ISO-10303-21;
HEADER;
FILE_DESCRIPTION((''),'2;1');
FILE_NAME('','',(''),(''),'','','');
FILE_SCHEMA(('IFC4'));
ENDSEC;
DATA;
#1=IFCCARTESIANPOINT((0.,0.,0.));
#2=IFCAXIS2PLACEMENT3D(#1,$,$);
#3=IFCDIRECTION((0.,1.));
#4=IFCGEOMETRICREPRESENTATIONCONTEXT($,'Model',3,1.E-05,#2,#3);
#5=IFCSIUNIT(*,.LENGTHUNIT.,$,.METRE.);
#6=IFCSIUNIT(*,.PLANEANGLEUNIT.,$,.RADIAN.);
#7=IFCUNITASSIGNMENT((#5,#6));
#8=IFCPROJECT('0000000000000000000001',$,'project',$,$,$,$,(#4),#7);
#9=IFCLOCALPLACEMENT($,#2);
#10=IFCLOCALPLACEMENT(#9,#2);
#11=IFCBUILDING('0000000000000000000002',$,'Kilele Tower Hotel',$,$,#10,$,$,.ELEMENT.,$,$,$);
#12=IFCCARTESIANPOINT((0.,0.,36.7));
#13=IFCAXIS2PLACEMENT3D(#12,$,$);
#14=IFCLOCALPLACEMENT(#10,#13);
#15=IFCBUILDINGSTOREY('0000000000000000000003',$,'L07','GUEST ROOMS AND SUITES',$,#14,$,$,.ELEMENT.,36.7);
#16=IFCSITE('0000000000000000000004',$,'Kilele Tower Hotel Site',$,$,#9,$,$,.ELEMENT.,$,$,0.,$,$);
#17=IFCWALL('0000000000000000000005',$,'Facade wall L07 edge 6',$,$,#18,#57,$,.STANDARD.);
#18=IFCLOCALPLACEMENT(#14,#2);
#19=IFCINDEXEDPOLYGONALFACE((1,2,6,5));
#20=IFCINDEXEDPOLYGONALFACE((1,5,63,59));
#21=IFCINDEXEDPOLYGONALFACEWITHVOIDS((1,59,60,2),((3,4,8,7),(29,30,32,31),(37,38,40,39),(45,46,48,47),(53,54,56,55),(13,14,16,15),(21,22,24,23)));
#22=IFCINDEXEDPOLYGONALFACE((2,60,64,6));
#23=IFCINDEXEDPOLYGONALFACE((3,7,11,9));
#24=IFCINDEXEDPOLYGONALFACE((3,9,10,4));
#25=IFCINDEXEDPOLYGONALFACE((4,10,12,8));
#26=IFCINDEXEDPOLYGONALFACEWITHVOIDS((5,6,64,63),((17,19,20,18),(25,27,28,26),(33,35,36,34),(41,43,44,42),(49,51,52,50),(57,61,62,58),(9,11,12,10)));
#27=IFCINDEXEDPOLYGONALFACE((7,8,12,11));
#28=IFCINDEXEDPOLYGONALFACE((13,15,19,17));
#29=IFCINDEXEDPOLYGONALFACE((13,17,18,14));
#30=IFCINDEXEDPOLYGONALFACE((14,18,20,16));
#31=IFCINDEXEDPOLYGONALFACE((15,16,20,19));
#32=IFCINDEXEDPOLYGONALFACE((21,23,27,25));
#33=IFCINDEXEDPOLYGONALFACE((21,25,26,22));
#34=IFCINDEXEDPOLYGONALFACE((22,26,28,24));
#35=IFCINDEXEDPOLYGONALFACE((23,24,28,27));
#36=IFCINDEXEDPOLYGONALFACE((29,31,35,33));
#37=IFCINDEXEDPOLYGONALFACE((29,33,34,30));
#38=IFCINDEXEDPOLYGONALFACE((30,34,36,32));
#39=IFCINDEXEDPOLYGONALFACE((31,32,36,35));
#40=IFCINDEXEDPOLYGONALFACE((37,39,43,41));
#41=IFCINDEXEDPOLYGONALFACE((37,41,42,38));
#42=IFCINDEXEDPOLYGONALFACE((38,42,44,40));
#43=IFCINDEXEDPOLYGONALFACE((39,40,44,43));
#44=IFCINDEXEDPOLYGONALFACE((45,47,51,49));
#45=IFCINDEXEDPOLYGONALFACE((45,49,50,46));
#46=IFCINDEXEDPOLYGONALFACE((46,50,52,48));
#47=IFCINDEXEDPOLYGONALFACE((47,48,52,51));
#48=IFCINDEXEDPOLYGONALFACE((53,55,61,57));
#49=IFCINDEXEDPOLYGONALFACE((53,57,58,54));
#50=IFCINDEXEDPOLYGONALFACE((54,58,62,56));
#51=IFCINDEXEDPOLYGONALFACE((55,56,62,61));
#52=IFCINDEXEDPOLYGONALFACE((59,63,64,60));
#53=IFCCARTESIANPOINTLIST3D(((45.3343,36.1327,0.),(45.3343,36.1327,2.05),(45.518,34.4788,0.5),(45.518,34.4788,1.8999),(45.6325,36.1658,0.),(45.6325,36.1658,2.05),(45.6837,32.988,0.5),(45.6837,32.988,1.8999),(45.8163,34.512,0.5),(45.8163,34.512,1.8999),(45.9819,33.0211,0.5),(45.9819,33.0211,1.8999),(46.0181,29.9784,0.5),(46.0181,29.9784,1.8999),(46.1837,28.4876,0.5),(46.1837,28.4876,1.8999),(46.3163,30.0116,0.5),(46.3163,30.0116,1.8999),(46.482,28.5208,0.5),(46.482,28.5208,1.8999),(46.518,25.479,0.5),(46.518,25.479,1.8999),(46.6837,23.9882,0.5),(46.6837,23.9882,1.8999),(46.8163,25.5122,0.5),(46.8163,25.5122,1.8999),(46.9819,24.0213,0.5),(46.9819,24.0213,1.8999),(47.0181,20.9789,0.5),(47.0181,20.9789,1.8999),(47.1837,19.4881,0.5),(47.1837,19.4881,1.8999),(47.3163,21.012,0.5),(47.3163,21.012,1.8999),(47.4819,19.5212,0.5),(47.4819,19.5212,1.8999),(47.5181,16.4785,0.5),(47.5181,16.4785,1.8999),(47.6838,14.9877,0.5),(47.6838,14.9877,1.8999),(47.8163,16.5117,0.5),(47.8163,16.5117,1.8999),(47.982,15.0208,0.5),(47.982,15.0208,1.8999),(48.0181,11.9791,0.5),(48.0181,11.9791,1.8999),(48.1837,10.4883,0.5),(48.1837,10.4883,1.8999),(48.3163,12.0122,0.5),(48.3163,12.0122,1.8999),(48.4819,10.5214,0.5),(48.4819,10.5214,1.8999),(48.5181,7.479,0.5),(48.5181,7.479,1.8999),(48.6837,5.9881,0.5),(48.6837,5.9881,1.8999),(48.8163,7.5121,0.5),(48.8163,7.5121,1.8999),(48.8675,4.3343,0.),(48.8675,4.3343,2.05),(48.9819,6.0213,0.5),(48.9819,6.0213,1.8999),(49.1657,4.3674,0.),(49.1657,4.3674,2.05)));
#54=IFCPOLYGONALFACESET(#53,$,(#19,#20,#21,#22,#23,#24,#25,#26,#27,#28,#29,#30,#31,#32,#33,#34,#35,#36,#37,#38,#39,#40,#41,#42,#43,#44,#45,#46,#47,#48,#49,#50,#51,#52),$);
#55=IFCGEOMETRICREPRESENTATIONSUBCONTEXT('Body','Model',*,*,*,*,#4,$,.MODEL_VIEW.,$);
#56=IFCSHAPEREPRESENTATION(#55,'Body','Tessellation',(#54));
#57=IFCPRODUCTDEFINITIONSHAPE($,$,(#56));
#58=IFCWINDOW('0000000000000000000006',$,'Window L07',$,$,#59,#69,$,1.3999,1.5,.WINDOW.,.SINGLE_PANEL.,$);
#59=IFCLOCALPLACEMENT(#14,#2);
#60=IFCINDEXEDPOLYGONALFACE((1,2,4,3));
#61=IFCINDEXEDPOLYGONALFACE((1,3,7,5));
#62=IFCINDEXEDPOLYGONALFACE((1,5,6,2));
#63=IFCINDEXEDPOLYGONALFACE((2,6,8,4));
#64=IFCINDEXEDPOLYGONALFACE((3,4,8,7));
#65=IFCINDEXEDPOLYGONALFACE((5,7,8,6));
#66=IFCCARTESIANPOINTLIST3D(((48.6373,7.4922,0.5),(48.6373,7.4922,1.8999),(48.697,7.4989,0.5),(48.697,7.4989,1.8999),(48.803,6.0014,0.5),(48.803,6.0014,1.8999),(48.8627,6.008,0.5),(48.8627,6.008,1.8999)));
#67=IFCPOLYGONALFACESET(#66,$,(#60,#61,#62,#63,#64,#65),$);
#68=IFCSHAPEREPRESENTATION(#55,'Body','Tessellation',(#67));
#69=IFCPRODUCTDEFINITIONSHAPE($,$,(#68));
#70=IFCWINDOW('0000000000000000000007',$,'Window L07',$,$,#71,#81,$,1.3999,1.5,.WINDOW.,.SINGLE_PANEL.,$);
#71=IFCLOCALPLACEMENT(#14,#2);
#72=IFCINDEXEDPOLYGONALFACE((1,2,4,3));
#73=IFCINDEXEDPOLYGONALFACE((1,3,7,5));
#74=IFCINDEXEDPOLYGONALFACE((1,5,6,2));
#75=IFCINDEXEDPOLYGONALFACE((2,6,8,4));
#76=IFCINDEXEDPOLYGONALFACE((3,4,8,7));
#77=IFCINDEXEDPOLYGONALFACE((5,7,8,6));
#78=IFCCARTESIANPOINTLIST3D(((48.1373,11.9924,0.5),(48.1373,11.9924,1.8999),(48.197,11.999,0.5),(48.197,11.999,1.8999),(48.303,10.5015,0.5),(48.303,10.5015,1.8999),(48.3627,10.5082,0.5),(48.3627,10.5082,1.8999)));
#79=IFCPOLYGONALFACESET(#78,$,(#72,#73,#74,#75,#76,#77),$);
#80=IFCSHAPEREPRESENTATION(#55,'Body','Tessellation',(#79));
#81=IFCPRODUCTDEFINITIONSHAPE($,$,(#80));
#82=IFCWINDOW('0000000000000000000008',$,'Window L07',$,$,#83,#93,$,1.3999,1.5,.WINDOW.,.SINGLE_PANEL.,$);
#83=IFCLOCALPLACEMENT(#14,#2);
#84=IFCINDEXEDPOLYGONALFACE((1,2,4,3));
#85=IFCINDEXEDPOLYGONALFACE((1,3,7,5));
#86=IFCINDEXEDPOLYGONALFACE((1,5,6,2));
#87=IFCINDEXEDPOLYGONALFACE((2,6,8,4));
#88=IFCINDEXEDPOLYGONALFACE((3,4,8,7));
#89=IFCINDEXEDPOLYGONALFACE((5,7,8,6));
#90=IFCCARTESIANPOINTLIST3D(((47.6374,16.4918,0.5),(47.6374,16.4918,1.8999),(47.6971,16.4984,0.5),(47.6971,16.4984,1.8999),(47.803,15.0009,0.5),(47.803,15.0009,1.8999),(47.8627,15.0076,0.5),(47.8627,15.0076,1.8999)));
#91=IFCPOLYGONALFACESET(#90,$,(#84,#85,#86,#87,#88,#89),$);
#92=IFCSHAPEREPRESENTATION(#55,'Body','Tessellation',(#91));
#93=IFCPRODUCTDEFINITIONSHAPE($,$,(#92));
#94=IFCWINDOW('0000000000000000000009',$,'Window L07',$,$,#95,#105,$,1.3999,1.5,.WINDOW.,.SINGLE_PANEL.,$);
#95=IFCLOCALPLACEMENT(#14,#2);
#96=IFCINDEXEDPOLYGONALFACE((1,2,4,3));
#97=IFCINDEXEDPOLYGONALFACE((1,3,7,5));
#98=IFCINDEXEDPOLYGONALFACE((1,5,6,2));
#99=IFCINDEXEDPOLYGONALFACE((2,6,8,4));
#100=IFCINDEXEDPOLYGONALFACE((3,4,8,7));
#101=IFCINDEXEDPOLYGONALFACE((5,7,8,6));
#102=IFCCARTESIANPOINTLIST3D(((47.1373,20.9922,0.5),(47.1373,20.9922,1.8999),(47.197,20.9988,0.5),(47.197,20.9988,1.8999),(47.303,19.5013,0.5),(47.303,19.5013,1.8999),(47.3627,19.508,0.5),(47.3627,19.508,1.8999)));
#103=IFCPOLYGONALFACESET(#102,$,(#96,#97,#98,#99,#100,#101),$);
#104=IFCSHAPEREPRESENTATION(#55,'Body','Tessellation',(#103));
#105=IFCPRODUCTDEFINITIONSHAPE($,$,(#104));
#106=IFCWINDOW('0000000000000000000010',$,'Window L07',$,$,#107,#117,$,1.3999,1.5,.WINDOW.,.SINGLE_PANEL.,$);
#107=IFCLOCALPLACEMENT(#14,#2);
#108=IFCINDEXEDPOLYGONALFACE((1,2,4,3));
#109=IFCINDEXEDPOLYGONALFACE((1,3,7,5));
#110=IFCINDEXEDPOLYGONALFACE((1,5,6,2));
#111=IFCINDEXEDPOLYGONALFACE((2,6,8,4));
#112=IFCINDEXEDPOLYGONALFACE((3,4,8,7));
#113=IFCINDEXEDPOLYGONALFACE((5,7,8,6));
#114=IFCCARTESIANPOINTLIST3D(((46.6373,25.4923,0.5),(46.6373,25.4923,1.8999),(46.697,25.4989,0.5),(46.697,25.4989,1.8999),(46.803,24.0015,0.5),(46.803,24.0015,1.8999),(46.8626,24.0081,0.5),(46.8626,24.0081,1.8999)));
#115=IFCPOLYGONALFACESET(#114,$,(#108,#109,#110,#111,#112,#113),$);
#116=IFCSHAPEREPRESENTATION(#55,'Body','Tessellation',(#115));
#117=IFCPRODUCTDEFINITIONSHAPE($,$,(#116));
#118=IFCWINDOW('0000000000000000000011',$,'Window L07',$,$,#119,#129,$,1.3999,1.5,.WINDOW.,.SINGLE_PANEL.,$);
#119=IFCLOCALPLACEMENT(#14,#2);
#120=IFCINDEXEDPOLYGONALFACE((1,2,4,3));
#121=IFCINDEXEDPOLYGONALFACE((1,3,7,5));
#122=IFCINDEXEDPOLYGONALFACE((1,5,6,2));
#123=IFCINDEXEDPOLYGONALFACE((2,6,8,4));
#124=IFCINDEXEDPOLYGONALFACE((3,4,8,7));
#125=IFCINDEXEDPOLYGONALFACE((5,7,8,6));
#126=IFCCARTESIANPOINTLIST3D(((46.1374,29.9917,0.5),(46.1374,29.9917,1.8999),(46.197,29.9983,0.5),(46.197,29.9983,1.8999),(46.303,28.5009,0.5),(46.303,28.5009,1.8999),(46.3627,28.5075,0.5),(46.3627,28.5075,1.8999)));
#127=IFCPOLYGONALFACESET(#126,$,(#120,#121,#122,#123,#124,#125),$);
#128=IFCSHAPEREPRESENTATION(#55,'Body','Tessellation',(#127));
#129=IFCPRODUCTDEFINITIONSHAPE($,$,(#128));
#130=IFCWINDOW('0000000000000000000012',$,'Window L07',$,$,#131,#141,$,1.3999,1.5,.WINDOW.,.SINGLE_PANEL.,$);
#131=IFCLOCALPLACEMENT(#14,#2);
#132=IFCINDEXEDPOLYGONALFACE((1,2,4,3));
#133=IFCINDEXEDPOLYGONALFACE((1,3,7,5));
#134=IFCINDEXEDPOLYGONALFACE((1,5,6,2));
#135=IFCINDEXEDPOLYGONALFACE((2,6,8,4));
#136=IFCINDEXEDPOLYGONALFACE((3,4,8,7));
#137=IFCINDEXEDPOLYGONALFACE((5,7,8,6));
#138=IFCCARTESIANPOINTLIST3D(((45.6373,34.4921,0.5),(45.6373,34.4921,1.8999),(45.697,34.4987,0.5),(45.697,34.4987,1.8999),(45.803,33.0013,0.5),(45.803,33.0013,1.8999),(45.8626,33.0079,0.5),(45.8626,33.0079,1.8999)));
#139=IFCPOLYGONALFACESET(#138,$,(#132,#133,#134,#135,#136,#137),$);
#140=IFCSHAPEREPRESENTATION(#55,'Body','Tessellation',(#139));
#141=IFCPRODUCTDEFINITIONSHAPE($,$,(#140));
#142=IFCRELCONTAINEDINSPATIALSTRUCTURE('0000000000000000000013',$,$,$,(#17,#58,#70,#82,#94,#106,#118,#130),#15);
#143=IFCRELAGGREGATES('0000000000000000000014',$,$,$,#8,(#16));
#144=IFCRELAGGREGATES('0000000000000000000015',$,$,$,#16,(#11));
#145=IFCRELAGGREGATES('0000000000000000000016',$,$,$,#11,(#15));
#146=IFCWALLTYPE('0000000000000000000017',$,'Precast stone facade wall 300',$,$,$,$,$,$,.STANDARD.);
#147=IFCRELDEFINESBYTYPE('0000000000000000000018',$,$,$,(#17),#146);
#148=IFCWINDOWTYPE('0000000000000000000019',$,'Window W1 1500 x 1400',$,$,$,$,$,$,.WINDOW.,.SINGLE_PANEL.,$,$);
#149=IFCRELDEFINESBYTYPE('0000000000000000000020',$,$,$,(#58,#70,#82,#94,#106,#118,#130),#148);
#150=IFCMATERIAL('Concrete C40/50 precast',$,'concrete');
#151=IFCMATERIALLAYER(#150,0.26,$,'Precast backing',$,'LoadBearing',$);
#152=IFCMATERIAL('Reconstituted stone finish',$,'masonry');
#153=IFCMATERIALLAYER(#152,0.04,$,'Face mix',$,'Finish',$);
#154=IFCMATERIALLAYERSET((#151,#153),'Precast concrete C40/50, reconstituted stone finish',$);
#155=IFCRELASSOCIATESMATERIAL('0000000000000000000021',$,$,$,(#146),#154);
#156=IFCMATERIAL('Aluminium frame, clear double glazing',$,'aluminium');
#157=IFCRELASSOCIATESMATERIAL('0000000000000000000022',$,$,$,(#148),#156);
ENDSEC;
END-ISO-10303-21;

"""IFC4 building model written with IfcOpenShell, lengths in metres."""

from ifc_helpers import new_model, si_unit, direction, frame, frame_2d, origin, place, context, subcontext, project, spatial, rectangle, extrude, material, layer, layer_set, type_object, element, fill, save


model = new_model("IFC4")

# Units and contexts
model_context = context("Model", 3, precision=1e-05, world=origin(), true_north=direction((0.0, 1.0)))
body_context = subcontext(model_context, "Body", "Model", "MODEL_VIEW")
ifc_project = project(units=[si_unit("LENGTHUNIT", "METRE"), si_unit("PLANEANGLEUNIT", "RADIAN")], contexts=[model_context])

# Site, building, storey
site_placement = place(None, origin())
site = spatial("IfcSite", under=ifc_project, at=site_placement, Name="Kilele Tower Hotel Site", CompositionType="ELEMENT", RefElevation=0.0)
building_placement = place(site_placement, origin())
building = spatial("IfcBuilding", under=site, at=building_placement, Name="Kilele Tower Hotel", CompositionType="ELEMENT")
storey_placement = place(building_placement, frame((0.0, 0.0, 36.7)))
storey = spatial("IfcBuildingStorey", under=building, at=storey_placement, Name="L07", Description="GUEST ROOMS AND SUITES", CompositionType="ELEMENT", Elevation=36.7)

# Shared definitions
ifc_material_1 = material(Name="Concrete C40/50 precast", Category="concrete")
ifc_layer_1 = layer(ifc_material_1, 0.26, Name="Precast backing", Category="LoadBearing")
ifc_material_2 = material(Name="Reconstituted stone finish", Category="masonry")
ifc_layer_2 = layer(ifc_material_2, 0.04, Name="Face mix", Category="Finish")
ifc_layer_set_1 = layer_set([ifc_layer_1, ifc_layer_2], Name="Precast concrete C40/50, reconstituted stone finish")
wall_type_1 = type_object("IfcWallType", Name="Precast stone facade wall 300", PredefinedType="STANDARD", material=ifc_layer_set_1)
ifc_material_3 = material(Name="Aluminium frame, clear double glazing", Category="aluminium")
window_type = type_object("IfcWindowType", Name="Window W1 1500 x 1400", PartitioningType="SINGLE_PANEL", PredefinedType="WINDOW", material=ifc_material_3)

# Wall, openings, windows
wall_1_placement = place(storey_placement, frame((49.0166, 4.3508, 0.0), z_axis=(0.0, 0.0, 1.0), x_axis=(-0.110433, 0.993884, 0.0)))
wall_1 = element("IfcWall", 1, at=wall_1_placement, inside=storey, type_object=wall_type_1, Name="Facade wall L07 edge 6", PredefinedType="STANDARD", context=body_context, shape_type="SweptSolid", body=[
    extrude(rectangle(XDim=31.9941, YDim=0.3, at=frame_2d((15.9971, 0.0))), origin(), (0.0, 0.0, 1.0), 2.05),
])
opening_1_placement = place(wall_1_placement, frame((1.6641, 0.0, 0.5)))
opening_1 = element("IfcOpeningElement", 2, at=opening_1_placement, cuts=wall_1, PredefinedType="OPENING", context=body_context, shape_type="SweptSolid", body=[
    extrude(rectangle(XDim=1.5, YDim=1.3999, at=frame_2d((0.75, 0.7))), frame((0.0, 0.1599, 0.0), z_axis=(0.0, -1.0, 0.0), x_axis=(1.0, 0.0, 0.0)), (0.0, 0.0, 1.0), 0.3201),
])
opening_2_placement = place(wall_1_placement, frame((6.1919, 0.0, 0.5)))
opening_2 = element("IfcOpeningElement", 3, at=opening_2_placement, cuts=wall_1, PredefinedType="OPENING", context=body_context, shape_type="SweptSolid", body=[
    extrude(rectangle(XDim=1.5, YDim=1.3999, at=frame_2d((0.75, 0.7))), frame((0.0, 0.1599, 0.0), z_axis=(0.0, -1.0, 0.0), x_axis=(1.0, 0.0, 0.0)), (0.0, 0.0, 1.0), 0.3201),
])
opening_3_placement = place(wall_1_placement, frame((10.719, 0.0, 0.5)))
opening_3 = element("IfcOpeningElement", 4, at=opening_3_placement, cuts=wall_1, PredefinedType="OPENING", context=body_context, shape_type="SweptSolid", body=[
    extrude(rectangle(XDim=1.5, YDim=1.3999, at=frame_2d((0.75, 0.7))), frame((0.0, 0.1599, 0.0), z_axis=(0.0, -1.0, 0.0), x_axis=(1.0, 0.0, 0.0)), (0.0, 0.0, 1.0), 0.3201),
])
opening_4_placement = place(wall_1_placement, frame((15.2471, 0.0, 0.5)))
opening_4 = element("IfcOpeningElement", 5, at=opening_4_placement, cuts=wall_1, PredefinedType="OPENING", context=body_context, shape_type="SweptSolid", body=[
    extrude(rectangle(XDim=1.5, YDim=1.3999, at=frame_2d((0.75, 0.7))), frame((0.0, 0.1599, 0.0), z_axis=(0.0, -1.0, 0.0), x_axis=(1.0, 0.0, 0.0)), (0.0, 0.0, 1.0), 0.3201),
])
opening_5_placement = place(wall_1_placement, frame((19.7749, 0.0, 0.5)))
opening_5 = element("IfcOpeningElement", 6, at=opening_5_placement, cuts=wall_1, PredefinedType="OPENING", context=body_context, shape_type="SweptSolid", body=[
    extrude(rectangle(XDim=1.5, YDim=1.3999, at=frame_2d((0.75, 0.7))), frame((0.0, 0.1599, 0.0), z_axis=(0.0, -1.0, 0.0), x_axis=(1.0, 0.0, 0.0)), (0.0, 0.0, 1.0), 0.3201),
])
opening_6_placement = place(wall_1_placement, frame((24.302, 0.0, 0.5)))
opening_6 = element("IfcOpeningElement", 7, at=opening_6_placement, cuts=wall_1, PredefinedType="OPENING", context=body_context, shape_type="SweptSolid", body=[
    extrude(rectangle(XDim=1.5, YDim=1.3999, at=frame_2d((0.75, 0.7))), frame((0.0, 0.1599, 0.0), z_axis=(0.0, -1.0, 0.0), x_axis=(1.0, 0.0, 0.0)), (0.0, 0.0, 1.0), 0.3201),
])
opening_7_placement = place(wall_1_placement, frame((28.8301, 0.0, 0.5)))
opening_7 = element("IfcOpeningElement", 8, at=opening_7_placement, cuts=wall_1, PredefinedType="OPENING", context=body_context, shape_type="SweptSolid", body=[
    extrude(rectangle(XDim=1.5, YDim=1.3999, at=frame_2d((0.75, 0.7))), frame((0.0, 0.1599, 0.0), z_axis=(0.0, -1.0, 0.0), x_axis=(1.0, 0.0, 0.0)), (0.0, 0.0, 1.0), 0.3201),
])
window_1_placement = place(opening_1_placement, origin())
window_1 = element("IfcWindow", 9, at=window_1_placement, inside=storey, type_object=window_type, Name="Window L07", OverallHeight=1.3999, OverallWidth=1.5, PartitioningType="SINGLE_PANEL", PredefinedType="WINDOW", context=body_context, shape_type="SweptSolid", body=[
    extrude(rectangle(XDim=1.5, YDim=1.3999, at=frame_2d((0.75, 0.7))), frame((0.0, 0.03, 0.0), z_axis=(0.0, -1.0, 0.0), x_axis=(1.0, 0.0, 0.0)), (0.0, 0.0, 1.0), 0.0601),
])
fill(opening_1, window_1)
window_2_placement = place(opening_2_placement, origin())
window_2 = element("IfcWindow", 10, at=window_2_placement, inside=storey, type_object=window_type, Name="Window L07", OverallHeight=1.3999, OverallWidth=1.5, PartitioningType="SINGLE_PANEL", PredefinedType="WINDOW", context=body_context, shape_type="SweptSolid", body=[
    extrude(rectangle(XDim=1.5, YDim=1.3999, at=frame_2d((0.75, 0.7))), frame((0.0, 0.03, 0.0), z_axis=(0.0, -1.0, 0.0), x_axis=(1.0, 0.0, 0.0)), (0.0, 0.0, 1.0), 0.0601),
])
fill(opening_2, window_2)
window_3_placement = place(opening_3_placement, origin())
window_3 = element("IfcWindow", 11, at=window_3_placement, inside=storey, type_object=window_type, Name="Window L07", OverallHeight=1.3999, OverallWidth=1.5, PartitioningType="SINGLE_PANEL", PredefinedType="WINDOW", context=body_context, shape_type="SweptSolid", body=[
    extrude(rectangle(XDim=1.5, YDim=1.3999, at=frame_2d((0.75, 0.7))), frame((0.0, 0.03, 0.0), z_axis=(0.0, -1.0, 0.0), x_axis=(1.0, 0.0, 0.0)), (0.0, 0.0, 1.0), 0.0601),
])
fill(opening_3, window_3)
window_4_placement = place(opening_4_placement, origin())
window_4 = element("IfcWindow", 12, at=window_4_placement, inside=storey, type_object=window_type, Name="Window L07", OverallHeight=1.3999, OverallWidth=1.5, PartitioningType="SINGLE_PANEL", PredefinedType="WINDOW", context=body_context, shape_type="SweptSolid", body=[
    extrude(rectangle(XDim=1.5, YDim=1.3999, at=frame_2d((0.75, 0.7))), frame((0.0, 0.03, 0.0), z_axis=(0.0, -1.0, 0.0), x_axis=(1.0, 0.0, 0.0)), (0.0, 0.0, 1.0), 0.0601),
])
fill(opening_4, window_4)
window_5_placement = place(opening_5_placement, origin())
window_5 = element("IfcWindow", 13, at=window_5_placement, inside=storey, type_object=window_type, Name="Window L07", OverallHeight=1.3999, OverallWidth=1.5, PartitioningType="SINGLE_PANEL", PredefinedType="WINDOW", context=body_context, shape_type="SweptSolid", body=[
    extrude(rectangle(XDim=1.5, YDim=1.3999, at=frame_2d((0.75, 0.7))), frame((0.0, 0.03, 0.0), z_axis=(0.0, -1.0, 0.0), x_axis=(1.0, 0.0, 0.0)), (0.0, 0.0, 1.0), 0.0601),
])
fill(opening_5, window_5)
window_6_placement = place(opening_6_placement, origin())
window_6 = element("IfcWindow", 14, at=window_6_placement, inside=storey, type_object=window_type, Name="Window L07", OverallHeight=1.3999, OverallWidth=1.5, PartitioningType="SINGLE_PANEL", PredefinedType="WINDOW", context=body_context, shape_type="SweptSolid", body=[
    extrude(rectangle(XDim=1.5, YDim=1.3999, at=frame_2d((0.75, 0.7))), frame((0.0, 0.03, 0.0), z_axis=(0.0, -1.0, 0.0), x_axis=(1.0, 0.0, 0.0)), (0.0, 0.0, 1.0), 0.0601),
])
fill(opening_6, window_6)
window_7_placement = place(opening_7_placement, origin())
window_7 = element("IfcWindow", 15, at=window_7_placement, inside=storey, type_object=window_type, Name="Window L07", OverallHeight=1.3999, OverallWidth=1.5, PartitioningType="SINGLE_PANEL", PredefinedType="WINDOW", context=body_context, shape_type="SweptSolid", body=[
    extrude(rectangle(XDim=1.5, YDim=1.3999, at=frame_2d((0.75, 0.7))), frame((0.0, 0.03, 0.0), z_axis=(0.0, -1.0, 0.0), x_axis=(1.0, 0.0, 0.0)), (0.0, 0.0, 1.0), 0.0601),
])
fill(opening_7, window_7)

save(model, "model.ifc")
